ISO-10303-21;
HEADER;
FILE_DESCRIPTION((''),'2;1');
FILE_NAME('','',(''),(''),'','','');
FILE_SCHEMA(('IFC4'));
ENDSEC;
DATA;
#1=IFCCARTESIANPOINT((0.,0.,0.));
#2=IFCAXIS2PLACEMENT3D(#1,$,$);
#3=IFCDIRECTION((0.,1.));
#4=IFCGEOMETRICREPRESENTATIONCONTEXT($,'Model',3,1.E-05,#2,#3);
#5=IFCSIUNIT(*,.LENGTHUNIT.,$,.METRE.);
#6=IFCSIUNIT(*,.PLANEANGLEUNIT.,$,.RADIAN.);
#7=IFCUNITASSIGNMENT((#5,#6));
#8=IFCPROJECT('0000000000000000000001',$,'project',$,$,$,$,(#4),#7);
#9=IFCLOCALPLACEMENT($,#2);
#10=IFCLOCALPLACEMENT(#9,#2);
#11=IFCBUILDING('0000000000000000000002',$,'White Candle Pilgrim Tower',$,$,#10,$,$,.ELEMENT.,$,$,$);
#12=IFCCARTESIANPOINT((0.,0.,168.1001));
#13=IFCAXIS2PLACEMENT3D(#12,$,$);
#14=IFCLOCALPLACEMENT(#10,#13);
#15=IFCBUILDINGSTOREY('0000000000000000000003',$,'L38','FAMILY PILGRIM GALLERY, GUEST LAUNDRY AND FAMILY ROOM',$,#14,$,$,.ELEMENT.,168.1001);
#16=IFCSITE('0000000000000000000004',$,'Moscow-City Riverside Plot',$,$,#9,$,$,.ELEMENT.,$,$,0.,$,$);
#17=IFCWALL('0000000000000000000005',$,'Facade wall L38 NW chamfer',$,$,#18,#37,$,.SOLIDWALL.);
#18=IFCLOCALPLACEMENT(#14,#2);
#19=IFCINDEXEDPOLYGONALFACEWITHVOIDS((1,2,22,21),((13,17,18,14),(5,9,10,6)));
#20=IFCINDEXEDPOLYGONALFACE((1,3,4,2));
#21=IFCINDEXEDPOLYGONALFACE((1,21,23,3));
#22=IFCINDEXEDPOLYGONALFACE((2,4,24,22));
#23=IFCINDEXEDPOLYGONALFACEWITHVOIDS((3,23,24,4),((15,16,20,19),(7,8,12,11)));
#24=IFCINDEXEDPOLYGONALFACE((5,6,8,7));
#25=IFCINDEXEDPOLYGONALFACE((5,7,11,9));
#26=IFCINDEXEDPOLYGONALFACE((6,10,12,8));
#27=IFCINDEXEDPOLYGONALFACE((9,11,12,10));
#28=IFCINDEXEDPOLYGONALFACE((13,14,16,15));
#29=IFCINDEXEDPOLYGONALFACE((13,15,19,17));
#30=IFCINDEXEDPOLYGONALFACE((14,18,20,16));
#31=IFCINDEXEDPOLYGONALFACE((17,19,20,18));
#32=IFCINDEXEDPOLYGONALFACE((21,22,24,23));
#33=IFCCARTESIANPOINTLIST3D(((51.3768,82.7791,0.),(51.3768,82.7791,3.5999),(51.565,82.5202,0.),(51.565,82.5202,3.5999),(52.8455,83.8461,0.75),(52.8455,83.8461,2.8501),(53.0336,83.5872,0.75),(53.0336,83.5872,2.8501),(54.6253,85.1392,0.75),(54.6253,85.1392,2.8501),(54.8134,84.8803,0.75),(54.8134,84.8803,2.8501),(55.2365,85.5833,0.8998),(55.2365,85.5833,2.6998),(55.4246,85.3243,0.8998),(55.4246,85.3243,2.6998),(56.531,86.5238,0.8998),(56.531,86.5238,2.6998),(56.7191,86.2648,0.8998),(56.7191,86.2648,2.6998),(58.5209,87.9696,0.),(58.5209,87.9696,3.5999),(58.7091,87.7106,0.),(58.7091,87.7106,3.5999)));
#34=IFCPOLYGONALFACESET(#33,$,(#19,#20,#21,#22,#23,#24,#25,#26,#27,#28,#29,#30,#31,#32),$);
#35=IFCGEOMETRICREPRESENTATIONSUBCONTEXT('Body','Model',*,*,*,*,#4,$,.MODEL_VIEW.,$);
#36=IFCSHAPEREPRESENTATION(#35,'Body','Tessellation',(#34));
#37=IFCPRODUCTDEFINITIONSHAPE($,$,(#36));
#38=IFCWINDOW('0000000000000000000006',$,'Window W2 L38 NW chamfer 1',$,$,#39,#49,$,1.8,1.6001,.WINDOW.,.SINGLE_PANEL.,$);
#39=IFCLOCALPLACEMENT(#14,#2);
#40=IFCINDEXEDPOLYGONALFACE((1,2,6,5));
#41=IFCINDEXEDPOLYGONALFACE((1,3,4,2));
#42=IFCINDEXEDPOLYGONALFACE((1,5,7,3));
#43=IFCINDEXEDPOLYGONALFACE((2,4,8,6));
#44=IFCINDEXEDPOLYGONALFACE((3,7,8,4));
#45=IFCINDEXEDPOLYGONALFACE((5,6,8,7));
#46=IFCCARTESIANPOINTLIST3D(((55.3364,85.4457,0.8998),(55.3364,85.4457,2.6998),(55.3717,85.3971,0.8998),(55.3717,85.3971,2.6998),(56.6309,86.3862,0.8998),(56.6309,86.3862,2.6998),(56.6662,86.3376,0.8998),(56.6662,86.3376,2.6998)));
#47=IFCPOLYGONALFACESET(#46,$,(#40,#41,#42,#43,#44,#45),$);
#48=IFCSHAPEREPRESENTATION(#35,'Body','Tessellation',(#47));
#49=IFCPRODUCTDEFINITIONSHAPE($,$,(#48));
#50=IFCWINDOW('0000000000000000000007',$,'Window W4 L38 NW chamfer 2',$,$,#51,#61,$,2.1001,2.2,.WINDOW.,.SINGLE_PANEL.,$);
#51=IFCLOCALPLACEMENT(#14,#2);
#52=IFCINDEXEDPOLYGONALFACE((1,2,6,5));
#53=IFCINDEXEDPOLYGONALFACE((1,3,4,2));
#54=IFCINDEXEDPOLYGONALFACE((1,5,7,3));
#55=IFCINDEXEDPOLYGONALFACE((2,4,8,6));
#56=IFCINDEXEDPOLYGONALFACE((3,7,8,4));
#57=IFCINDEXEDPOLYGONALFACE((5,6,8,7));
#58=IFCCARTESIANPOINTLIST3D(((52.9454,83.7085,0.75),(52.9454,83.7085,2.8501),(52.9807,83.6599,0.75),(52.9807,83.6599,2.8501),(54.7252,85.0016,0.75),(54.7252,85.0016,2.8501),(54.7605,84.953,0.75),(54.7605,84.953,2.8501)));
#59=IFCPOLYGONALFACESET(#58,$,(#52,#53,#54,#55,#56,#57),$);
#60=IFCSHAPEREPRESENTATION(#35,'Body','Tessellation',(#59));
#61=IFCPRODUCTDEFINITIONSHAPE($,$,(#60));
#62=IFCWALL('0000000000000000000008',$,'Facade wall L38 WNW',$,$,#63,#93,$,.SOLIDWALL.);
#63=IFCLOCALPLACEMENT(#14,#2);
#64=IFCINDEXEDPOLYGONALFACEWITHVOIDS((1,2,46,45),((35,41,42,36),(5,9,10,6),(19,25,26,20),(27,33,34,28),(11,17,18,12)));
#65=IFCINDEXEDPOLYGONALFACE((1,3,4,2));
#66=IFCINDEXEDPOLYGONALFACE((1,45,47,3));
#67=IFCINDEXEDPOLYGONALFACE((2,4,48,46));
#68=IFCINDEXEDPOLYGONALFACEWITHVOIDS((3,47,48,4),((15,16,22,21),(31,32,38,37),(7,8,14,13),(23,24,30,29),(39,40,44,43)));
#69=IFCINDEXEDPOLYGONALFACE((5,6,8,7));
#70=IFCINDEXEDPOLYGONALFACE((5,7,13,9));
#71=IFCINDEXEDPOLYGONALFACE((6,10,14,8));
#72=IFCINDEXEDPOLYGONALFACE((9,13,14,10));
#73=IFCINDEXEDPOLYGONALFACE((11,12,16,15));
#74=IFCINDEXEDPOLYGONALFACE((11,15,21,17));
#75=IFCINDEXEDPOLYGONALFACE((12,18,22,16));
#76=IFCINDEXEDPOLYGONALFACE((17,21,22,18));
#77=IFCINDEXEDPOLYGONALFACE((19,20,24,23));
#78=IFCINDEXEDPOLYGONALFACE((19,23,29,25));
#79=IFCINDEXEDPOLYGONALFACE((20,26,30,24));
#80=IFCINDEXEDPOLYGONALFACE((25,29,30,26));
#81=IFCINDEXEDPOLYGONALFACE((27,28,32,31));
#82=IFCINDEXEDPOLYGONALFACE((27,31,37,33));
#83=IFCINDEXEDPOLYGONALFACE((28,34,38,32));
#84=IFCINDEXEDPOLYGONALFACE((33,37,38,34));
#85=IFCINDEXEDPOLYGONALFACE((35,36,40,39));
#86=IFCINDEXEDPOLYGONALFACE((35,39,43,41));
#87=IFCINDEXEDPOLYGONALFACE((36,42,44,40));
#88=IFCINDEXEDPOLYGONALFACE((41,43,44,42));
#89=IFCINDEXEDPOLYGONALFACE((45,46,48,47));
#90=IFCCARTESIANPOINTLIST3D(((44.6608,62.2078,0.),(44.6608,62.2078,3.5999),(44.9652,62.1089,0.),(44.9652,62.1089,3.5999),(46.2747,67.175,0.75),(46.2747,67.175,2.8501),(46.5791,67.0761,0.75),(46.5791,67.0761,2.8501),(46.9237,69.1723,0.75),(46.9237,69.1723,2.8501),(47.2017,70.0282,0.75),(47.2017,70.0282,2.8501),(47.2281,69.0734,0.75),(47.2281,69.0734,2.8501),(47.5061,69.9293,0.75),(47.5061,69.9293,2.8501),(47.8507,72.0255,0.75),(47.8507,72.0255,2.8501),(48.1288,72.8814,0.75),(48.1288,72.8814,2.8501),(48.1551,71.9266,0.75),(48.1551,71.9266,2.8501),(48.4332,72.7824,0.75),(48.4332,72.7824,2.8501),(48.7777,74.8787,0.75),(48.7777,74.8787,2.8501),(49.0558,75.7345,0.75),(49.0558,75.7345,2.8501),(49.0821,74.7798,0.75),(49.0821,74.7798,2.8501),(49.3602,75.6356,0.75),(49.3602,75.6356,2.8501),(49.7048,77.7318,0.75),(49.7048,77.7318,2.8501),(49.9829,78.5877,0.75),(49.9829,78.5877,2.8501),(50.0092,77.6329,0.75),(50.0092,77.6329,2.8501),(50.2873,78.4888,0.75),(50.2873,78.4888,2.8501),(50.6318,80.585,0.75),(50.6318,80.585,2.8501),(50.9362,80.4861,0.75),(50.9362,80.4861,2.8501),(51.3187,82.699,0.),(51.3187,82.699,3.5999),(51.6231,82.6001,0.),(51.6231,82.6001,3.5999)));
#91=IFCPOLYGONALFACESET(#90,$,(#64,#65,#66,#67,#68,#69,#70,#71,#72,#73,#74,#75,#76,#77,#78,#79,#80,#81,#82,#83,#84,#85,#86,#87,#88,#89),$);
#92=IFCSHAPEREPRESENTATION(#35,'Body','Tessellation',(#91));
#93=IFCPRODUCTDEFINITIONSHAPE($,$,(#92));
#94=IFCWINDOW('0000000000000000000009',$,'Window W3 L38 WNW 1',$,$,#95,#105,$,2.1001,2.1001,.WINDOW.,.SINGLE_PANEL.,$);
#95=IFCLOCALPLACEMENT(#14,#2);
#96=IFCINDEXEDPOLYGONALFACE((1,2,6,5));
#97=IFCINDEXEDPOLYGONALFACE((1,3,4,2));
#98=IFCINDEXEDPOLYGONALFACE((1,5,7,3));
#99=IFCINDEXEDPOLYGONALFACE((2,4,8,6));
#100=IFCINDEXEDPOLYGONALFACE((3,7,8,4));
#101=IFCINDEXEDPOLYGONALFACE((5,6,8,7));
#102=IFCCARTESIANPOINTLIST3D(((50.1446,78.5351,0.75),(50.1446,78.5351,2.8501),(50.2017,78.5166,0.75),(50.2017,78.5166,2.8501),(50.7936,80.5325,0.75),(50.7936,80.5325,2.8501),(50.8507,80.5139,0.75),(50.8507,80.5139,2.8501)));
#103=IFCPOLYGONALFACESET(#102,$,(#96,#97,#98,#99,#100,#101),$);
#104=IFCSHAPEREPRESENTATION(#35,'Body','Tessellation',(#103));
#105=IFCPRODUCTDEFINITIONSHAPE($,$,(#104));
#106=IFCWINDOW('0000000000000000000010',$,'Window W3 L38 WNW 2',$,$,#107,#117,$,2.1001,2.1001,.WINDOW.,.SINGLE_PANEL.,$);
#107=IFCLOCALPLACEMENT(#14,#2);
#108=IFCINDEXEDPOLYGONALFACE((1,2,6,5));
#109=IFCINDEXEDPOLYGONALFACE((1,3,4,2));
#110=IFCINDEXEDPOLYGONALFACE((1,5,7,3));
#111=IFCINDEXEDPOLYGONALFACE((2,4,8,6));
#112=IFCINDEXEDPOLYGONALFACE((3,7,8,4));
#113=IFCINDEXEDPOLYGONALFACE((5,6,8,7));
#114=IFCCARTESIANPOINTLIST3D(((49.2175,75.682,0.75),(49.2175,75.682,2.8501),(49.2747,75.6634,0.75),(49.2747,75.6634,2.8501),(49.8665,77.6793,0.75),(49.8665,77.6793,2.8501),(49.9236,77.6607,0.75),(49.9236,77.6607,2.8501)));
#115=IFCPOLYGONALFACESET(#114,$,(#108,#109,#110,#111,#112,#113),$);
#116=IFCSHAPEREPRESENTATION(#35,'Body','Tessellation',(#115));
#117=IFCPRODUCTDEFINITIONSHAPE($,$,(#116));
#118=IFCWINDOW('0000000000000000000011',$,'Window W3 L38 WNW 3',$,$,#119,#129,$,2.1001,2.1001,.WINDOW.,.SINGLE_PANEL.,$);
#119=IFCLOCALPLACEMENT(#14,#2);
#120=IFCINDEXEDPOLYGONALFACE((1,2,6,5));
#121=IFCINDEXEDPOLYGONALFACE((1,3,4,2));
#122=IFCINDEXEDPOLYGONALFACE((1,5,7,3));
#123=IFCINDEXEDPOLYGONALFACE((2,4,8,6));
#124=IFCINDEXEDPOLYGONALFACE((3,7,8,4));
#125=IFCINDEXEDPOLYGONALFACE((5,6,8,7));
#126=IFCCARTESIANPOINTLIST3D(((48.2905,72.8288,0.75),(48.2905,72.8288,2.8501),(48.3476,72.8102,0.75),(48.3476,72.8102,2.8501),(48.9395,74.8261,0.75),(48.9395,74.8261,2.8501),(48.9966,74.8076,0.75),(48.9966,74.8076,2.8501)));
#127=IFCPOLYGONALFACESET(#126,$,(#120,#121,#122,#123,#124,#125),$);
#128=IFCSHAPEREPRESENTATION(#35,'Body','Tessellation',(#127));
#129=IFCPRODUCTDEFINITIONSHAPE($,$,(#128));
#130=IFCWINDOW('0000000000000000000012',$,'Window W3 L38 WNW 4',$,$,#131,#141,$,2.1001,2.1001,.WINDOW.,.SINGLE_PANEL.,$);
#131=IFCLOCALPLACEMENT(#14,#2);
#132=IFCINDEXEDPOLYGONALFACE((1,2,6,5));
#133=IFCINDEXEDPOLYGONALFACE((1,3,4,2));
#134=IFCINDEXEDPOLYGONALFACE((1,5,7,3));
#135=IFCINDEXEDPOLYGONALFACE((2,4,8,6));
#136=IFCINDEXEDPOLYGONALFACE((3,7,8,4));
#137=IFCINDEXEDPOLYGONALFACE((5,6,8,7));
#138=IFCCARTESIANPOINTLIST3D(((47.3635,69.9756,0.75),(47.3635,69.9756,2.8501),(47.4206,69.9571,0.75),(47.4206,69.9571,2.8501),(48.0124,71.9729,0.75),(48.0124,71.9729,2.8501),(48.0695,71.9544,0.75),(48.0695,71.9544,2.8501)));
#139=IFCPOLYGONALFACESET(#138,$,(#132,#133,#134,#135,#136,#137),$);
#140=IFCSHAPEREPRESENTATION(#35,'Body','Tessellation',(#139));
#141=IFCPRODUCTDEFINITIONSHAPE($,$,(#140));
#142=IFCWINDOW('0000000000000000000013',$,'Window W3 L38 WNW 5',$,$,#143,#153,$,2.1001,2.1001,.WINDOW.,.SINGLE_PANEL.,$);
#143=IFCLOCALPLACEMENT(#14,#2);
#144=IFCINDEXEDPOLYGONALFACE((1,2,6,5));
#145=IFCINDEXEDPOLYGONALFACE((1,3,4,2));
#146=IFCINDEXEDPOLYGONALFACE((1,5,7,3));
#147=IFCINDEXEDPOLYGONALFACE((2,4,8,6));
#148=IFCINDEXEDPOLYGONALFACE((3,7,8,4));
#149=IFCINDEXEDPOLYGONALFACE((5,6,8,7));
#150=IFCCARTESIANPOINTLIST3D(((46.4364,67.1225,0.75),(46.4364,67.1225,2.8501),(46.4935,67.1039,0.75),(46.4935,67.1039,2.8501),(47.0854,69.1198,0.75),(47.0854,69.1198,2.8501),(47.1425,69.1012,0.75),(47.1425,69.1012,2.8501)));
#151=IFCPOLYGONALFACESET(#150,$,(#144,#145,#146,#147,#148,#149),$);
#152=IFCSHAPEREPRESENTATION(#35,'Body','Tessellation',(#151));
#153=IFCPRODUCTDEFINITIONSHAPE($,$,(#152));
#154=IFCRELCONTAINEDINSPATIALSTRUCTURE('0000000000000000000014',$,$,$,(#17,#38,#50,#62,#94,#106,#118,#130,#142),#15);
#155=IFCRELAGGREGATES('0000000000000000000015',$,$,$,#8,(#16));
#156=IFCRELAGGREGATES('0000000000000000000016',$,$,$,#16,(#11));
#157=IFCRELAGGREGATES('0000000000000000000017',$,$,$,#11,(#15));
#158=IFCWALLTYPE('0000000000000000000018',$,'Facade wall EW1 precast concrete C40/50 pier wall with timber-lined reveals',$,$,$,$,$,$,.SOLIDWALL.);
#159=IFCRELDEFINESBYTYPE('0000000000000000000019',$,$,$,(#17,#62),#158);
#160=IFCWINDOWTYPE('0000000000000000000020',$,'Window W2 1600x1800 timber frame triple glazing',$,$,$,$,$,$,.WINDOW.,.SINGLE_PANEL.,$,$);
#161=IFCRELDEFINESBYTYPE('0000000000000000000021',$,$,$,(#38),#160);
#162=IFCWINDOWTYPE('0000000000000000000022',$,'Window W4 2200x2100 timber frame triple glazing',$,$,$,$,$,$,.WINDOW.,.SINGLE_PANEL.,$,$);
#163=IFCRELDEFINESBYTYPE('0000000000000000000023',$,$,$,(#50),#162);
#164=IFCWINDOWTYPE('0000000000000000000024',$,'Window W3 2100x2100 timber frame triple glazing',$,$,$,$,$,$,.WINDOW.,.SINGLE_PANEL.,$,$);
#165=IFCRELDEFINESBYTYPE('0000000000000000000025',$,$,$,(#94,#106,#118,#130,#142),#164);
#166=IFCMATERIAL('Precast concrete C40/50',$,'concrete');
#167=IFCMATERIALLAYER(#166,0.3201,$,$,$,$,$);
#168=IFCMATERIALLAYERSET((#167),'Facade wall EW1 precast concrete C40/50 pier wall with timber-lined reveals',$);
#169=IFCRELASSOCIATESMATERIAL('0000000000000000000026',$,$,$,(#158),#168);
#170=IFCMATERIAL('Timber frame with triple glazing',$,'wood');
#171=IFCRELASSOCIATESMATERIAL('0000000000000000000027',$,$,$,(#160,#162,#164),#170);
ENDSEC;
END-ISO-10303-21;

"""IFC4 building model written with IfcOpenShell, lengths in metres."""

from ifc_helpers import new_model, si_unit, direction, frame, frame_2d, origin, place, context, subcontext, project, spatial, rectangle, extrude, material, layer, layer_set, type_object, element, fill, save


model = new_model("IFC4")

# Units and contexts
model_context = context("Model", 3, precision=1e-05, world=origin(), true_north=direction((0.0, 1.0)))
body_context = subcontext(model_context, "Body", "Model", "MODEL_VIEW")
ifc_project = project(units=[si_unit("LENGTHUNIT", "METRE"), si_unit("PLANEANGLEUNIT", "RADIAN")], contexts=[model_context])

# Site, building, storey
site_placement = place(None, origin())
site = spatial("IfcSite", under=ifc_project, at=site_placement, Name="Moscow-City Riverside Plot", CompositionType="ELEMENT", RefElevation=0.0)
building_placement = place(site_placement, origin())
building = spatial("IfcBuilding", under=site, at=building_placement, Name="White Candle Pilgrim Tower", CompositionType="ELEMENT")
storey_placement = place(building_placement, frame((0.0, 0.0, 168.1001)))
storey = spatial("IfcBuildingStorey", under=building, at=storey_placement, Name="L38", Description="FAMILY PILGRIM GALLERY, GUEST LAUNDRY AND FAMILY ROOM", CompositionType="ELEMENT", Elevation=168.1001)

# Walls, openings, windows
ifc_material_1 = material(Name="Precast concrete C40/50", Category="concrete")
ifc_layer_1 = layer(ifc_material_1, 0.3201)
ifc_layer_set_1 = layer_set([ifc_layer_1], Name="Facade wall EW1 precast concrete C40/50 pier wall with timber-lined reveals")
wall_type_1 = type_object("IfcWallType", Name="Facade wall EW1 precast concrete C40/50 pier wall with timber-lined reveals", PredefinedType="SOLIDWALL", material=ifc_layer_set_1)
wall_1_placement = place(storey_placement, frame((58.615, 87.8401, 0.0), z_axis=(0.0, 0.0, 1.0), x_axis=(-0.809018, -0.587784, 0.0)))
wall_1 = element("IfcWall", 1, at=wall_1_placement, inside=storey, type_object=wall_type_1, Name="Facade wall L38 NW chamfer", PredefinedType="SOLIDWALL", context=body_context, shape_type="SweptSolid", body=[
    extrude(rectangle(XDim=8.8306, YDim=0.3201, at=frame_2d((4.4153, 0.0))), origin(), (0.0, 0.0, 1.0), 3.5999),
])
opening_1_placement = place(wall_1_placement, frame((2.4597, 0.0, 0.8999)))
opening_1 = element("IfcOpeningElement", 2, at=opening_1_placement, cuts=wall_1, PredefinedType="OPENING", context=body_context, shape_type="SweptSolid", body=[
    extrude(rectangle(XDim=1.6001, YDim=1.8, at=frame_2d((0.8, 0.8999))), frame((0.0, 0.1699, 0.0), z_axis=(0.0, -1.0, 0.0), x_axis=(1.0, 0.0, 0.0)), (0.0, 0.0, 1.0), 0.3401),
])
opening_2_placement = place(wall_1_placement, frame((4.8152, 0.0, 0.75)))
opening_2 = element("IfcOpeningElement", 3, at=opening_2_placement, cuts=wall_1, PredefinedType="OPENING", context=body_context, shape_type="SweptSolid", body=[
    extrude(rectangle(XDim=2.2, YDim=2.1001, at=frame_2d((1.1001, 1.05))), frame((0.0, 0.1699, 0.0), z_axis=(0.0, -1.0, 0.0), x_axis=(1.0, 0.0, 0.0)), (0.0, 0.0, 1.0), 0.3401),
])
ifc_material_2 = material(Name="Timber frame with triple glazing", Category="wood")
window_type_1 = type_object("IfcWindowType", Name="Window W2 1600x1800 timber frame triple glazing", PartitioningType="SINGLE_PANEL", PredefinedType="WINDOW", material=ifc_material_2)
window_1_placement = place(opening_1_placement, origin())
window_1 = element("IfcWindow", 4, at=window_1_placement, inside=storey, type_object=window_type_1, Name="Window W2 L38 NW chamfer 1", OverallHeight=1.8, OverallWidth=1.6001, PartitioningType="SINGLE_PANEL", PredefinedType="WINDOW", context=body_context, shape_type="SweptSolid", body=[
    extrude(rectangle(XDim=1.6001, YDim=1.8, at=frame_2d((0.8, 0.8999))), frame((0.0, 0.0701, 0.0), z_axis=(0.0, -1.0, 0.0), x_axis=(1.0, 0.0, 0.0)), (0.0, 0.0, 1.0), 0.0601),
])
fill(opening_1, window_1)
window_type_2 = type_object("IfcWindowType", Name="Window W4 2200x2100 timber frame triple glazing", PartitioningType="SINGLE_PANEL", PredefinedType="WINDOW", material=ifc_material_2)
window_2_placement = place(opening_2_placement, origin())
window_2 = element("IfcWindow", 5, at=window_2_placement, inside=storey, type_object=window_type_2, Name="Window W4 L38 NW chamfer 2", OverallHeight=2.1001, OverallWidth=2.2, PartitioningType="SINGLE_PANEL", PredefinedType="WINDOW", context=body_context, shape_type="SweptSolid", body=[
    extrude(rectangle(XDim=2.2, YDim=2.1001, at=frame_2d((1.1001, 1.05))), frame((0.0, 0.0701, 0.0), z_axis=(0.0, -1.0, 0.0), x_axis=(1.0, 0.0, 0.0)), (0.0, 0.0, 1.0), 0.0601),
])
fill(opening_2, window_2)
wall_2_placement = place(storey_placement, frame((51.4709, 82.6497, 0.0), z_axis=(0.0, 0.0, 1.0), x_axis=(-0.309015, -0.951057, 0.0)))
wall_2 = element("IfcWall", 6, at=wall_2_placement, inside=storey, type_object=wall_type_1, Name="Facade wall L38 WNW", PredefinedType="SOLIDWALL", context=body_context, shape_type="SweptSolid", body=[
    extrude(rectangle(XDim=21.5457, YDim=0.3201, at=frame_2d((10.7729, 0.0))), origin(), (0.0, 0.0, 1.0), 3.5999),
])
opening_3_placement = place(wall_2_placement, frame((2.2229, 0.0, 0.75)))
opening_3 = element("IfcOpeningElement", 7, at=opening_3_placement, cuts=wall_2, PredefinedType="OPENING", context=body_context, shape_type="SweptSolid", body=[
    extrude(rectangle(XDim=2.1001, YDim=2.1001, at=frame_2d((1.05, 1.05))), frame((0.0, 0.1699, 0.0), z_axis=(0.0, -1.0, 0.0), x_axis=(1.0, 0.0, 0.0)), (0.0, 0.0, 1.0), 0.3401),
])
opening_4_placement = place(wall_2_placement, frame((5.2229, 0.0, 0.75)))
opening_4 = element("IfcOpeningElement", 8, at=opening_4_placement, cuts=wall_2, PredefinedType="OPENING", context=body_context, shape_type="SweptSolid", body=[
    extrude(rectangle(XDim=2.1001, YDim=2.1001, at=frame_2d((1.05, 1.05))), frame((0.0, 0.1699, 0.0), z_axis=(0.0, -1.0, 0.0), x_axis=(1.0, 0.0, 0.0)), (0.0, 0.0, 1.0), 0.3401),
])
opening_5_placement = place(wall_2_placement, frame((8.2229, 0.0, 0.75)))
opening_5 = element("IfcOpeningElement", 9, at=opening_5_placement, cuts=wall_2, PredefinedType="OPENING", context=body_context, shape_type="SweptSolid", body=[
    extrude(rectangle(XDim=2.1001, YDim=2.1001, at=frame_2d((1.05, 1.05))), frame((0.0, 0.1699, 0.0), z_axis=(0.0, -1.0, 0.0), x_axis=(1.0, 0.0, 0.0)), (0.0, 0.0, 1.0), 0.3401),
])
opening_6_placement = place(wall_2_placement, frame((11.2229, 0.0, 0.75)))
opening_6 = element("IfcOpeningElement", 10, at=opening_6_placement, cuts=wall_2, PredefinedType="OPENING", context=body_context, shape_type="SweptSolid", body=[
    extrude(rectangle(XDim=2.1001, YDim=2.1001, at=frame_2d((1.05, 1.05))), frame((0.0, 0.1699, 0.0), z_axis=(0.0, -1.0, 0.0), x_axis=(1.0, 0.0, 0.0)), (0.0, 0.0, 1.0), 0.3401),
])
opening_7_placement = place(wall_2_placement, frame((14.2229, 0.0, 0.75)))
opening_7 = element("IfcOpeningElement", 11, at=opening_7_placement, cuts=wall_2, PredefinedType="OPENING", context=body_context, shape_type="SweptSolid", body=[
    extrude(rectangle(XDim=2.1001, YDim=2.1001, at=frame_2d((1.05, 1.05))), frame((0.0, 0.1699, 0.0), z_axis=(0.0, -1.0, 0.0), x_axis=(1.0, 0.0, 0.0)), (0.0, 0.0, 1.0), 0.3401),
])
window_type_3 = type_object("IfcWindowType", Name="Window W3 2100x2100 timber frame triple glazing", PartitioningType="SINGLE_PANEL", PredefinedType="WINDOW", material=ifc_material_2)
window_3_placement = place(opening_3_placement, origin())
window_3 = element("IfcWindow", 12, at=window_3_placement, inside=storey, type_object=window_type_3, Name="Window W3 L38 WNW 1", OverallHeight=2.1001, OverallWidth=2.1001, PartitioningType="SINGLE_PANEL", PredefinedType="WINDOW", context=body_context, shape_type="SweptSolid", body=[
    extrude(rectangle(XDim=2.1001, YDim=2.1001, at=frame_2d((1.05, 1.05))), frame((0.0, 0.0701, 0.0), z_axis=(0.0, -1.0, 0.0), x_axis=(1.0, 0.0, 0.0)), (0.0, 0.0, 1.0), 0.0601),
])
fill(opening_3, window_3)
window_4_placement = place(opening_4_placement, origin())
window_4 = element("IfcWindow", 13, at=window_4_placement, inside=storey, type_object=window_type_3, Name="Window W3 L38 WNW 2", OverallHeight=2.1001, OverallWidth=2.1001, PartitioningType="SINGLE_PANEL", PredefinedType="WINDOW", context=body_context, shape_type="SweptSolid", body=[
    extrude(rectangle(XDim=2.1001, YDim=2.1001, at=frame_2d((1.05, 1.05))), frame((0.0, 0.0701, 0.0), z_axis=(0.0, -1.0, 0.0), x_axis=(1.0, 0.0, 0.0)), (0.0, 0.0, 1.0), 0.0601),
])
fill(opening_4, window_4)
window_5_placement = place(opening_5_placement, origin())
window_5 = element("IfcWindow", 14, at=window_5_placement, inside=storey, type_object=window_type_3, Name="Window W3 L38 WNW 3", OverallHeight=2.1001, OverallWidth=2.1001, PartitioningType="SINGLE_PANEL", PredefinedType="WINDOW", context=body_context, shape_type="SweptSolid", body=[
    extrude(rectangle(XDim=2.1001, YDim=2.1001, at=frame_2d((1.05, 1.05))), frame((0.0, 0.0701, 0.0), z_axis=(0.0, -1.0, 0.0), x_axis=(1.0, 0.0, 0.0)), (0.0, 0.0, 1.0), 0.0601),
])
fill(opening_5, window_5)
window_6_placement = place(opening_6_placement, origin())
window_6 = element("IfcWindow", 15, at=window_6_placement, inside=storey, type_object=window_type_3, Name="Window W3 L38 WNW 4", OverallHeight=2.1001, OverallWidth=2.1001, PartitioningType="SINGLE_PANEL", PredefinedType="WINDOW", context=body_context, shape_type="SweptSolid", body=[
    extrude(rectangle(XDim=2.1001, YDim=2.1001, at=frame_2d((1.05, 1.05))), frame((0.0, 0.0701, 0.0), z_axis=(0.0, -1.0, 0.0), x_axis=(1.0, 0.0, 0.0)), (0.0, 0.0, 1.0), 0.0601),
])
fill(opening_6, window_6)
window_7_placement = place(opening_7_placement, origin())
window_7 = element("IfcWindow", 16, at=window_7_placement, inside=storey, type_object=window_type_3, Name="Window W3 L38 WNW 5", OverallHeight=2.1001, OverallWidth=2.1001, PartitioningType="SINGLE_PANEL", PredefinedType="WINDOW", context=body_context, shape_type="SweptSolid", body=[
    extrude(rectangle(XDim=2.1001, YDim=2.1001, at=frame_2d((1.05, 1.05))), frame((0.0, 0.0701, 0.0), z_axis=(0.0, -1.0, 0.0), x_axis=(1.0, 0.0, 0.0)), (0.0, 0.0, 1.0), 0.0601),
])
fill(opening_7, window_7)

save(model, "model.ifc")
